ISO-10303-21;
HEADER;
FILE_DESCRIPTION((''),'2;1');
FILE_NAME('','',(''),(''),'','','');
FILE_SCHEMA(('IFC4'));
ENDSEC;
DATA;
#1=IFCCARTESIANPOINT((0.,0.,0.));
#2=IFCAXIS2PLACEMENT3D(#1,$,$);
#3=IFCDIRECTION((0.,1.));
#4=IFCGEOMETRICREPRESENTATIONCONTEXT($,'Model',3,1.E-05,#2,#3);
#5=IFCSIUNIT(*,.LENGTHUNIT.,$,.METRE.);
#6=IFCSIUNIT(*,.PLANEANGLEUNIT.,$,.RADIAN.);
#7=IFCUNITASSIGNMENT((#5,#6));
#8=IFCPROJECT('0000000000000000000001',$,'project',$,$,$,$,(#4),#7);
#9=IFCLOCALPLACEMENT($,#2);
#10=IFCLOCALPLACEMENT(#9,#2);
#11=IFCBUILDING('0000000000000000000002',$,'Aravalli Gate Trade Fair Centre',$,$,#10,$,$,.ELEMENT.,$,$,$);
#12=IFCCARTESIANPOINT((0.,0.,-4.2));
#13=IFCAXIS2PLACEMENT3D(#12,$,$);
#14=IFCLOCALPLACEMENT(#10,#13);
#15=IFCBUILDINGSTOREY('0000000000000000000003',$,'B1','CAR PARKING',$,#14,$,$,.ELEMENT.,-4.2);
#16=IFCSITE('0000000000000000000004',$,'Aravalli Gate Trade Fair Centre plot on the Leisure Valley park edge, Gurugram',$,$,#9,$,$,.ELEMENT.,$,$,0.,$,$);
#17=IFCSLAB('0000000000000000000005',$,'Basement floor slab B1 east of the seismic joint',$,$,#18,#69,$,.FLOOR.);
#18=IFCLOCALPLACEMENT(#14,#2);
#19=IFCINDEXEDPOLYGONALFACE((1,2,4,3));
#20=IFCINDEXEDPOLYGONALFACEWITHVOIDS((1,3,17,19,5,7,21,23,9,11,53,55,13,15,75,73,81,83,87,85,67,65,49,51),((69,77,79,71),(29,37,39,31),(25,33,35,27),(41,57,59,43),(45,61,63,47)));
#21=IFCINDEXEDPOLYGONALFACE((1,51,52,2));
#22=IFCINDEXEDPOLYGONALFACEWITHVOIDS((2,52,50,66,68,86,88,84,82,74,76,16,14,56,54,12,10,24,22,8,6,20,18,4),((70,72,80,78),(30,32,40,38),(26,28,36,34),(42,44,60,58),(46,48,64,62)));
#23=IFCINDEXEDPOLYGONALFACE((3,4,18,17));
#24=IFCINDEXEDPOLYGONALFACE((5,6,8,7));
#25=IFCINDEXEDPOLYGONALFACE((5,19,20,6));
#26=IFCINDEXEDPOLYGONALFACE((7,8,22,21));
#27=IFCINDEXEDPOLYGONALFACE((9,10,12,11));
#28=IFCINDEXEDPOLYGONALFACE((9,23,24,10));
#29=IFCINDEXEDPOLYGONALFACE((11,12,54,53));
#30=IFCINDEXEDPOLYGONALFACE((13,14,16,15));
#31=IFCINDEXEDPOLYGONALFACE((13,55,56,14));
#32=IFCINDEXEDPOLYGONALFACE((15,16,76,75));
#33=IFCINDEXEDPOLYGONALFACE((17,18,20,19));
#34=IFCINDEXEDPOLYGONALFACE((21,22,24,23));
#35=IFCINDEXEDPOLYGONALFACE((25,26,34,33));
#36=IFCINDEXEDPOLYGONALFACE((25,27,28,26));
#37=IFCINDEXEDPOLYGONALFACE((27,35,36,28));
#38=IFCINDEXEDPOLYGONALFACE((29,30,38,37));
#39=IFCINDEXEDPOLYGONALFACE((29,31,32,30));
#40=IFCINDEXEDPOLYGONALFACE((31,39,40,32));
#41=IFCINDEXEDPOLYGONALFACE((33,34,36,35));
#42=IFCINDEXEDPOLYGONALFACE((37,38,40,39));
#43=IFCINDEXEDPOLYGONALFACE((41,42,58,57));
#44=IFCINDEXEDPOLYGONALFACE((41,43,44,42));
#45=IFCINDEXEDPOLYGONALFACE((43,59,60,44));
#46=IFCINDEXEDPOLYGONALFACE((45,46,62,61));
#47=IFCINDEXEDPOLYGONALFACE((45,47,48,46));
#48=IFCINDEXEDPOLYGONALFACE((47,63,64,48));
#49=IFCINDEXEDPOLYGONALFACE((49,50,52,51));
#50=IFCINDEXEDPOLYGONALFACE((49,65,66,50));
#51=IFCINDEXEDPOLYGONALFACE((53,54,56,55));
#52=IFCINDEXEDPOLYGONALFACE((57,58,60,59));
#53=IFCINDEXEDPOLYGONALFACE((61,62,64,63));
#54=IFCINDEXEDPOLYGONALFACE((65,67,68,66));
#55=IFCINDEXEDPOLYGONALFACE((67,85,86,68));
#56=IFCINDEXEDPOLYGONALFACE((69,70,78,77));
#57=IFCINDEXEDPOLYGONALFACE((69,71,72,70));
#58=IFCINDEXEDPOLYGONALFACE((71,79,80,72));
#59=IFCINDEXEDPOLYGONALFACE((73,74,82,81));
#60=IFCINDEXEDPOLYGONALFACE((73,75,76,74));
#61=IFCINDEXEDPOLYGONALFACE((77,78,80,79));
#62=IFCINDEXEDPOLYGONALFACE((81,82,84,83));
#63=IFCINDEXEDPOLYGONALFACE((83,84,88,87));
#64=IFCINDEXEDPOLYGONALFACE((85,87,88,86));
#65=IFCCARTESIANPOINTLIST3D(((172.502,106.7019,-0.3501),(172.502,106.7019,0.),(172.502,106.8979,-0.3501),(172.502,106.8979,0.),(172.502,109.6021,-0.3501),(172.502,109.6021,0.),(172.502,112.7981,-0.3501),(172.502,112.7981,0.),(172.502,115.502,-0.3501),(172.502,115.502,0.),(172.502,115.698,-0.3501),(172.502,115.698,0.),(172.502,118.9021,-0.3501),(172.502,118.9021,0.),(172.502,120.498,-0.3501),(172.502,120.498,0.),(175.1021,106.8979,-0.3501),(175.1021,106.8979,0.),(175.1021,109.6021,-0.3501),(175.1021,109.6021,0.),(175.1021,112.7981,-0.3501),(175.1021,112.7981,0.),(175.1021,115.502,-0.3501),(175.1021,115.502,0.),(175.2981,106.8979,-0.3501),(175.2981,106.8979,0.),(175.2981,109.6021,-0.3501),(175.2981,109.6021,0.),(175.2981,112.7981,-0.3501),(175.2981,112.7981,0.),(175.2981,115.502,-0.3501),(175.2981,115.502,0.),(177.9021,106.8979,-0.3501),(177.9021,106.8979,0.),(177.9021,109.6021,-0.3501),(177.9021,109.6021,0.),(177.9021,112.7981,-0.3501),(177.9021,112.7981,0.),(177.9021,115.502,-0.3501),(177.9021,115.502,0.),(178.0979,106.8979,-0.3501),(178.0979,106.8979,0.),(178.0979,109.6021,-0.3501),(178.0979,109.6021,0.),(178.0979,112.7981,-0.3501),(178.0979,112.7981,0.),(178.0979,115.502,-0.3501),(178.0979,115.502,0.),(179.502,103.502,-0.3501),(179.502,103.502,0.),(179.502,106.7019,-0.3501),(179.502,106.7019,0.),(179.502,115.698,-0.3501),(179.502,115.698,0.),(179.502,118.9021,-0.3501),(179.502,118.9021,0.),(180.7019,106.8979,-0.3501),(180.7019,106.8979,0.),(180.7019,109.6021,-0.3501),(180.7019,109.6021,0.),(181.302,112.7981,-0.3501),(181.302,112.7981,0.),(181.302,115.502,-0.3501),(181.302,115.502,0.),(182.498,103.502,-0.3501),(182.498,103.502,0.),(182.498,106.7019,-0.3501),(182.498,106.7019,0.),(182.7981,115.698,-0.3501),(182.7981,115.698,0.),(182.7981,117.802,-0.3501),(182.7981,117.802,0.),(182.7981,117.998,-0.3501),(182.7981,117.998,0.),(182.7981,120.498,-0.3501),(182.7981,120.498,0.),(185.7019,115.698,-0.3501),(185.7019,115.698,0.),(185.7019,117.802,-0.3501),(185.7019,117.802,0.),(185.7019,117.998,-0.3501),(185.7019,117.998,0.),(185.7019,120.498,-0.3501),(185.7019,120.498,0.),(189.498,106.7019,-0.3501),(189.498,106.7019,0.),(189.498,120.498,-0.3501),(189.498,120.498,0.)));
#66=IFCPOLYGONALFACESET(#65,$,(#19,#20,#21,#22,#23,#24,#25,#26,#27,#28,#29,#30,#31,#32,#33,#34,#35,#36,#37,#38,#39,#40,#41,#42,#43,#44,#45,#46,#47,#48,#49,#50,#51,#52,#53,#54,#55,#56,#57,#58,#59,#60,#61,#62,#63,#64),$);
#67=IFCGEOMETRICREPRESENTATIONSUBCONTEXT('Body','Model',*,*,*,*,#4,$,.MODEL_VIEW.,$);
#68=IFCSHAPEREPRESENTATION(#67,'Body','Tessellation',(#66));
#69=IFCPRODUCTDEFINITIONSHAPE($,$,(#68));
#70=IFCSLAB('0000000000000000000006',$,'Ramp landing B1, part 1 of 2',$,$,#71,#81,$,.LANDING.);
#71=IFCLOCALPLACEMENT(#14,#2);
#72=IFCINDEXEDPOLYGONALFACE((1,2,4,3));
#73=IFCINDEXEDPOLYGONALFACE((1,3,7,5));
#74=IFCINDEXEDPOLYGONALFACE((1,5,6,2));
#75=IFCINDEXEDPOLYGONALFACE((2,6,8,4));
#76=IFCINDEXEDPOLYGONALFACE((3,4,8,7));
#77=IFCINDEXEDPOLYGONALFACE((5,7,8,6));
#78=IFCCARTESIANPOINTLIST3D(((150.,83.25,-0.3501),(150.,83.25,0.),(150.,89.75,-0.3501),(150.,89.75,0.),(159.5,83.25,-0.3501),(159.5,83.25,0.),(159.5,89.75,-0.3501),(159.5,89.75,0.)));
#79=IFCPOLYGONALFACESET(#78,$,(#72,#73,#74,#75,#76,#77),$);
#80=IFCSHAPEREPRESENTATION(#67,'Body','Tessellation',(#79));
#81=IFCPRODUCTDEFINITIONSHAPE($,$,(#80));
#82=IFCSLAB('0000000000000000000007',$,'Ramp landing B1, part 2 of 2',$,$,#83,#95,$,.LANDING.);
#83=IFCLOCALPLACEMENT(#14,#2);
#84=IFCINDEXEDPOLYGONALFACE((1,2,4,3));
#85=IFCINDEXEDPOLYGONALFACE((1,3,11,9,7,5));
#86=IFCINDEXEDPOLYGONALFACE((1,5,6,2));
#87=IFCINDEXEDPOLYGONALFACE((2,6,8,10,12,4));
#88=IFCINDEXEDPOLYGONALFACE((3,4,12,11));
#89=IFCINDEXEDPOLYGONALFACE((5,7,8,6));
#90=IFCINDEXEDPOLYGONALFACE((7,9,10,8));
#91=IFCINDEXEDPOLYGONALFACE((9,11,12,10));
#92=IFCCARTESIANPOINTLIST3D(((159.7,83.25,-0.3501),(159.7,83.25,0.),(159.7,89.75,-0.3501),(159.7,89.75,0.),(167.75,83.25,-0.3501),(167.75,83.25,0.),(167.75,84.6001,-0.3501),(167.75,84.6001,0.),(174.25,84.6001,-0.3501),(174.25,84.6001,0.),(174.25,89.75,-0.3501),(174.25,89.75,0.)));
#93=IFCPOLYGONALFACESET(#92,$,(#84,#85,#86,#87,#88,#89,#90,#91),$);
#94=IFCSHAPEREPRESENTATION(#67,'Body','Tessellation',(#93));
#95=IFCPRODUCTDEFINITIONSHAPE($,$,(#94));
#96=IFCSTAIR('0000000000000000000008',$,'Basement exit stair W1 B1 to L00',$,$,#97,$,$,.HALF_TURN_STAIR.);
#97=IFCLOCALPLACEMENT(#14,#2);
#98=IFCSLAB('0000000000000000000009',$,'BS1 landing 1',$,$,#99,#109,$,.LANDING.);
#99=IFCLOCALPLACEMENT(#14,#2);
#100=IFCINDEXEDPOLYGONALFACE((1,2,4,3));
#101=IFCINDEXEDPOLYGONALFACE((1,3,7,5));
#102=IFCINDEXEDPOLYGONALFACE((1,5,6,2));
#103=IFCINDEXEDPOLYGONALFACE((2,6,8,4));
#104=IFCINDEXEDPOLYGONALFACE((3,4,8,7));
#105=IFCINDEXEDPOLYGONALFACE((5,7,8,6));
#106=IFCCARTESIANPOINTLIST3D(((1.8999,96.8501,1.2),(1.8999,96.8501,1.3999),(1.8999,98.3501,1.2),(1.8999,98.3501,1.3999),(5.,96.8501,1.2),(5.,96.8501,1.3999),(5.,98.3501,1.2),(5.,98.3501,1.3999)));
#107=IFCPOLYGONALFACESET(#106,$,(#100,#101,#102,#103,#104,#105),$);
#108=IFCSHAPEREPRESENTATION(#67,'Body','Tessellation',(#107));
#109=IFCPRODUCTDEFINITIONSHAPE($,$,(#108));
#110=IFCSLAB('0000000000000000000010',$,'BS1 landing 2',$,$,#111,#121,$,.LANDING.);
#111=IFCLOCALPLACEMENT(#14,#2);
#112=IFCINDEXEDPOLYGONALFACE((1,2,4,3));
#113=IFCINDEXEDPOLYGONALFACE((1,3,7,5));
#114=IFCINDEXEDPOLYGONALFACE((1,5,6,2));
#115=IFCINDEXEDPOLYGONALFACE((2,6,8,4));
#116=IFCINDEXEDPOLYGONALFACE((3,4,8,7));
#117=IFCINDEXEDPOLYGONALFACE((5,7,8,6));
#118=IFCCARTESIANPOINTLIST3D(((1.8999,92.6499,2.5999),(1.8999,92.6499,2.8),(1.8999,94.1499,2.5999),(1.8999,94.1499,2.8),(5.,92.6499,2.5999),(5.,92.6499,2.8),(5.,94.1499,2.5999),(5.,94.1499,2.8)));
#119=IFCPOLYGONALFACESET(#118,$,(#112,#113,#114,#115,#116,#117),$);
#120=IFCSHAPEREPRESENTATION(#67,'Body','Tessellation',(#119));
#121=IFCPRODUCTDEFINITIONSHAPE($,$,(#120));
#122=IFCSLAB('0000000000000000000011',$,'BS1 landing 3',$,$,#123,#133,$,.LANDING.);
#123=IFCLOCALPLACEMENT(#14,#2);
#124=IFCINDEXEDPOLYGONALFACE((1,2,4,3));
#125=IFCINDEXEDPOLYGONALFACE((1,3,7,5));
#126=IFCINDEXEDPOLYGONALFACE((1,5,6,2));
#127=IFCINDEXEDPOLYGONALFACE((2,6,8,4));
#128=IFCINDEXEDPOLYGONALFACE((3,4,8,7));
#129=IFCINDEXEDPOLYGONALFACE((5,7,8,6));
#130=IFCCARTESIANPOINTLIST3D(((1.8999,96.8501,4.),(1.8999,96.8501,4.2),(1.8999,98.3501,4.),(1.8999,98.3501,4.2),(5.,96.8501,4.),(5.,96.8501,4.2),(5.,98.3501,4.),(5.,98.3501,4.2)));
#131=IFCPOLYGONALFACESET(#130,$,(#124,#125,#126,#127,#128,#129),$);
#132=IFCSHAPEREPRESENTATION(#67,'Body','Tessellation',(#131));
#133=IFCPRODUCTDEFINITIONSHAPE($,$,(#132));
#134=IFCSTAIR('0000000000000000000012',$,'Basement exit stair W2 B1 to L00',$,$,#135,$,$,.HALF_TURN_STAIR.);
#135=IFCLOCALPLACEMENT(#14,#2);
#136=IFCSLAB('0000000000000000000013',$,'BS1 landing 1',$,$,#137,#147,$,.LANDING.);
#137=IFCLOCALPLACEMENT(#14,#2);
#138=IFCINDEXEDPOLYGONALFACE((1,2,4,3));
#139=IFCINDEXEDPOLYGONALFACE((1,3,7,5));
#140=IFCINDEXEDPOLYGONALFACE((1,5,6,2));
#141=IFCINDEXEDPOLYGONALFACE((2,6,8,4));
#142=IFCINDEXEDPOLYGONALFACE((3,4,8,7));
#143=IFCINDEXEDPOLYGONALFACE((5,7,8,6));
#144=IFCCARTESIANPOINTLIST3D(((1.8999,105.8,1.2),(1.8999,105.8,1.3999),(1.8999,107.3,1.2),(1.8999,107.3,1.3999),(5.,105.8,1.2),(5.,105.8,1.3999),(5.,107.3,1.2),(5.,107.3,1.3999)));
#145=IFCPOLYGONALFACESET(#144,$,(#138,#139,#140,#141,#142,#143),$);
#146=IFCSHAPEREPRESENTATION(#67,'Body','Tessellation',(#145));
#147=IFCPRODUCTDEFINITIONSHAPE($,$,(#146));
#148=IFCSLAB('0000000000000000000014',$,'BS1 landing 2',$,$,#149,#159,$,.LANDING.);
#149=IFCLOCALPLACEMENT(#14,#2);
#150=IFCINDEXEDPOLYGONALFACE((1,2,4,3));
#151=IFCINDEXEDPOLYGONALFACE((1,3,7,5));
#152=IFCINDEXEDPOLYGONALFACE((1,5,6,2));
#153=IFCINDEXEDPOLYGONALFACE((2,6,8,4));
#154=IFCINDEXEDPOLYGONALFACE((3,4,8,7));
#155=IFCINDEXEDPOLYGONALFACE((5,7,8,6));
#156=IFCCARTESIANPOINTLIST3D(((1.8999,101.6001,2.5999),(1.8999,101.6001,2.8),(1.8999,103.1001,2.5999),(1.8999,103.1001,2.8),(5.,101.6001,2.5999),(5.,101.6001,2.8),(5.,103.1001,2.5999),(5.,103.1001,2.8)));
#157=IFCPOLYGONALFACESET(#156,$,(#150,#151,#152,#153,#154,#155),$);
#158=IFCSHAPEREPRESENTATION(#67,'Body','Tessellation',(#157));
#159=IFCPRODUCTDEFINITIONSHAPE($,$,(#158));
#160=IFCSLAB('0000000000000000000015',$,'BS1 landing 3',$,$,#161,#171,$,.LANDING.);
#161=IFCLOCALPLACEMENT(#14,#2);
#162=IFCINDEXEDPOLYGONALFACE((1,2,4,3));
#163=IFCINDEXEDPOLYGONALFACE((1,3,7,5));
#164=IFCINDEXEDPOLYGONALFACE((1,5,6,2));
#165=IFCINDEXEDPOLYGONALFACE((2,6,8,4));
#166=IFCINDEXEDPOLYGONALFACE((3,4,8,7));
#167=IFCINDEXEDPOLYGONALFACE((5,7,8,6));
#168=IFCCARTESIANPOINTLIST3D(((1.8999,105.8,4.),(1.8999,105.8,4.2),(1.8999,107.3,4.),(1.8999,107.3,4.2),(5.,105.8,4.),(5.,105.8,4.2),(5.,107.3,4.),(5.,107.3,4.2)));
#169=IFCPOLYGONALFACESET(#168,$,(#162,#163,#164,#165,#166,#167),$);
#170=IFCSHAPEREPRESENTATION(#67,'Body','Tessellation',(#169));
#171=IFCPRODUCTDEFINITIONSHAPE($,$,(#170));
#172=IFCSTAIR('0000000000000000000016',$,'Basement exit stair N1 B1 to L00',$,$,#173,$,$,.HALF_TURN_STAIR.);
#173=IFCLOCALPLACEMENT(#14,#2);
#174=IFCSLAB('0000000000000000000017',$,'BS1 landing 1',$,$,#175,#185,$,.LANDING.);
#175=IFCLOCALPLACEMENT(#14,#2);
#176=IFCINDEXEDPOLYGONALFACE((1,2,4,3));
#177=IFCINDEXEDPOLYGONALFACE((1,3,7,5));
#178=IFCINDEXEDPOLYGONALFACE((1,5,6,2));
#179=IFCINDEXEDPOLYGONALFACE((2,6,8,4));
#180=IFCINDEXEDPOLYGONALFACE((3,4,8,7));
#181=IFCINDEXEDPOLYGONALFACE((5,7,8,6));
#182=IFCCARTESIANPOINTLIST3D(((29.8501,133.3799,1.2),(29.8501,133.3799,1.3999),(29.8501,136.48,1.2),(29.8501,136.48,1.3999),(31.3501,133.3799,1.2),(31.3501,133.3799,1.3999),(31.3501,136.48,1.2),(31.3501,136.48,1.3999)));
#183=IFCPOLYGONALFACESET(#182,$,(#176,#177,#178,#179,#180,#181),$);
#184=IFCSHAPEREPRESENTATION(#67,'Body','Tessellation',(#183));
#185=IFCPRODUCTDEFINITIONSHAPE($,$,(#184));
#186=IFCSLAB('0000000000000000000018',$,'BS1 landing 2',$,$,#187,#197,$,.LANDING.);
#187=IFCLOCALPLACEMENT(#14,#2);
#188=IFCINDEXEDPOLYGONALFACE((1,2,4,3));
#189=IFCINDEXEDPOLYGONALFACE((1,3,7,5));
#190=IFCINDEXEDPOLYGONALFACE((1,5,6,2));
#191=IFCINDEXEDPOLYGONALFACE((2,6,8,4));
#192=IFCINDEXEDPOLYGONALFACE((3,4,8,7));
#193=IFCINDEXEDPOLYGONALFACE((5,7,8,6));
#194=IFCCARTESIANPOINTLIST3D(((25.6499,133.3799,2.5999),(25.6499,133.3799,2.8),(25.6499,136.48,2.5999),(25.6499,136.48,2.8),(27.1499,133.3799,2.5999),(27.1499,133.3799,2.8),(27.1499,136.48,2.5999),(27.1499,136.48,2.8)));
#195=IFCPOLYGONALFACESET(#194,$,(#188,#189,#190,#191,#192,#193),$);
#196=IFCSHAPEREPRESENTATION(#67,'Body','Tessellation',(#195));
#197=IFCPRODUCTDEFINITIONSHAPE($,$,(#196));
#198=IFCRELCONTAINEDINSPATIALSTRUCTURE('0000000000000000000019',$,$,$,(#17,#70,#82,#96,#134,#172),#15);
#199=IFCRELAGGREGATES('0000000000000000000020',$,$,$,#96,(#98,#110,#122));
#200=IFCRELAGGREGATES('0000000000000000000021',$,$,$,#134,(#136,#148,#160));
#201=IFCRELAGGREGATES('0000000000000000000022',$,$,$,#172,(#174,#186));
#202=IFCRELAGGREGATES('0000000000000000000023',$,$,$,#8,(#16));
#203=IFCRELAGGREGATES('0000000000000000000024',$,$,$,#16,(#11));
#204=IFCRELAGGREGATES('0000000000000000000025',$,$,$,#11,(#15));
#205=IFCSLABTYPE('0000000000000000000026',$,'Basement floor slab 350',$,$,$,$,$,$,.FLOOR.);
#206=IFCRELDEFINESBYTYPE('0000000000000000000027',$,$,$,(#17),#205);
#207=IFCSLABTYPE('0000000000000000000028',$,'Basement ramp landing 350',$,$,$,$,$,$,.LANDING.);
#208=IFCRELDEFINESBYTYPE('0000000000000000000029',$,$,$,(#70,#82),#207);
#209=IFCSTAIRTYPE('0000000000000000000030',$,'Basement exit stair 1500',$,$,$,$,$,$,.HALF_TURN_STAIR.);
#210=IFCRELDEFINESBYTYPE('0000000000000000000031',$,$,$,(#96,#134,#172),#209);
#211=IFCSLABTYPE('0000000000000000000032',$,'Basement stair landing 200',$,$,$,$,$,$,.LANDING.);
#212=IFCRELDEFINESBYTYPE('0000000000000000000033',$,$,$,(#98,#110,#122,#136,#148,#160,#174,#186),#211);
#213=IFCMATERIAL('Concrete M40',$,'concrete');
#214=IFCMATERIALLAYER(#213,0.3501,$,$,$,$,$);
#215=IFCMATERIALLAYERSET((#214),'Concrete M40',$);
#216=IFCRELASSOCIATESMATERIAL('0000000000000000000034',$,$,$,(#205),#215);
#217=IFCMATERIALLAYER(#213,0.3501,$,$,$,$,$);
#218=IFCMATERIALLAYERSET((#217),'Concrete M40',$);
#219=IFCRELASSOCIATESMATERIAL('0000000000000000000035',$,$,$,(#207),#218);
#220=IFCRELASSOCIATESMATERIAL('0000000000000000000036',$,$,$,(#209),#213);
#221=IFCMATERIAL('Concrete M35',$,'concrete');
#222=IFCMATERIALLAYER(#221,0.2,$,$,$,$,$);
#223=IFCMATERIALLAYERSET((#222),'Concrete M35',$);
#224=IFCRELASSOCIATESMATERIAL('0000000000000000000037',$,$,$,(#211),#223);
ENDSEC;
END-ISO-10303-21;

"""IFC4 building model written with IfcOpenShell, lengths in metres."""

from ifc_helpers import new_model, si_unit, direction, frame, origin, place, context, subcontext, project, spatial, polyline, outline, extrude, material, layer, layer_set, type_object, element, aggregate, save


model = new_model("IFC4")

# Units and contexts
model_context = context("Model", 3, precision=1e-05, world=origin(), true_north=direction((0.0, 1.0)))
body_context = subcontext(model_context, "Body", "Model", "MODEL_VIEW")
ifc_project = project(units=[si_unit("LENGTHUNIT", "METRE"), si_unit("PLANEANGLEUNIT", "RADIAN")], contexts=[model_context])

# Site, building, storey
site_placement = place(None, origin())
site = spatial("IfcSite", under=ifc_project, at=site_placement, Name="Aravalli Gate Trade Fair Centre plot on the Leisure Valley park edge, Gurugram", CompositionType="ELEMENT", RefElevation=0.0)
building_placement = place(site_placement, origin())
building = spatial("IfcBuilding", under=site, at=building_placement, Name="Aravalli Gate Trade Fair Centre", CompositionType="ELEMENT")
storey_placement = place(building_placement, frame((0.0, 0.0, -4.2)))
storey = spatial("IfcBuildingStorey", under=building, at=storey_placement, Name="B1", Description="CAR PARKING", CompositionType="ELEMENT", Elevation=-4.2)

# Slabs
ifc_material_1 = material(Name="Concrete M40", Category="concrete")
ifc_layer_1 = layer(ifc_material_1, 0.3501)
ifc_layer_set_1 = layer_set([ifc_layer_1], Name="Concrete M40")
slab_type_1 = type_object("IfcSlabType", Name="Basement floor slab 350", PredefinedType="FLOOR", material=ifc_layer_set_1)
slab_1_placement = place(storey_placement, frame((0.0, 0.0, -0.3501)))
element("IfcSlab", 1, at=slab_1_placement, inside=storey, type_object=slab_type_1, Name="Basement floor slab B1 east of the seismic joint", PredefinedType="FLOOR", context=body_context, shape_type="SweptSolid", body=[
    extrude(outline(polyline([(189.498, 106.7019), (182.498, 106.7019), (182.498, 103.502), (179.502, 103.502), (179.502, 106.7019), (172.502, 106.7019), (172.502, 106.8979), (175.1021, 106.8979), (175.1021, 109.6021), (172.502, 109.6021), (172.502, 112.7981), (175.1021, 112.7981), (175.1021, 115.502), (172.502, 115.502), (172.502, 115.698), (179.502, 115.698), (179.502, 118.9021), (172.502, 118.9021), (172.502, 120.498), (182.7981, 120.498), (182.7981, 117.998), (185.7019, 117.998), (185.7019, 120.498), (189.498, 120.498), (189.498, 106.7019)]), holes=[polyline([(185.7019, 117.802), (182.7981, 117.802), (182.7981, 115.698), (185.7019, 115.698), (185.7019, 117.802)]), polyline([(181.302, 112.7981), (181.302, 115.502), (178.0979, 115.502), (178.0979, 112.7981), (181.302, 112.7981)]), polyline([(180.7019, 106.8979), (180.7019, 109.6021), (178.0979, 109.6021), (178.0979, 106.8979), (180.7019, 106.8979)]), polyline([(177.9021, 115.502), (175.2981, 115.502), (175.2981, 112.7981), (177.9021, 112.7981), (177.9021, 115.502)]), polyline([(177.9021, 106.8979), (177.9021, 109.6021), (175.2981, 109.6021), (175.2981, 106.8979), (177.9021, 106.8979)])]), origin(), (0.0, 0.0, 1.0), 0.3501),
])
ifc_layer_2 = layer(ifc_material_1, 0.3501)
ifc_layer_set_2 = layer_set([ifc_layer_2], Name="Concrete M40")
slab_type_2 = type_object("IfcSlabType", Name="Basement ramp landing 350", PredefinedType="LANDING", material=ifc_layer_set_2)
slab_2_placement = place(storey_placement, frame((0.0, 0.0, -0.3501)))
element("IfcSlab", 2, at=slab_2_placement, inside=storey, type_object=slab_type_2, Name="Ramp landing B1, part 1 of 2", PredefinedType="LANDING", context=body_context, shape_type="SweptSolid", body=[
    extrude(outline(polyline([(150.0, 83.25), (159.5, 83.25), (159.5, 89.75), (150.0, 89.75), (150.0, 83.25)])), origin(), (0.0, 0.0, 1.0), 0.3501),
])
slab_3_placement = place(storey_placement, frame((0.0, 0.0, -0.3501)))
element("IfcSlab", 3, at=slab_3_placement, inside=storey, type_object=slab_type_2, Name="Ramp landing B1, part 2 of 2", PredefinedType="LANDING", context=body_context, shape_type="SweptSolid", body=[
    extrude(outline(polyline([(174.25, 89.75), (159.7, 89.75), (159.7, 83.25), (167.75, 83.25), (167.75, 84.6001), (174.25, 84.6001), (174.25, 89.75)])), origin(), (0.0, 0.0, 1.0), 0.3501),
])

# Stairs, slabs
stair_type = type_object("IfcStairType", Name="Basement exit stair 1500", PredefinedType="HALF_TURN_STAIR", material=ifc_material_1)
stair_1_placement = place(storey_placement, origin())
stair_1 = element("IfcStair", 4, at=stair_1_placement, inside=storey, type_object=stair_type, Name="Basement exit stair W1 B1 to L00", PredefinedType="HALF_TURN_STAIR")
ifc_material_2 = material(Name="Concrete M35", Category="concrete")
ifc_layer_3 = layer(ifc_material_2, 0.2)
ifc_layer_set_3 = layer_set([ifc_layer_3], Name="Concrete M35")
slab_type_3 = type_object("IfcSlabType", Name="Basement stair landing 200", PredefinedType="LANDING", material=ifc_layer_set_3)
slab_4_placement = place(storey_placement, frame((0.0, 0.0, 1.2)))
slab_4 = element("IfcSlab", 5, at=slab_4_placement, type_object=slab_type_3, Name="BS1 landing 1", PredefinedType="LANDING", context=body_context, shape_type="SweptSolid", body=[
    extrude(outline(polyline([(5.0, 96.8501), (5.0, 98.3501), (1.8999, 98.3501), (1.8999, 96.8501), (5.0, 96.8501)])), origin(), (0.0, 0.0, 1.0), 0.2),
])
slab_5_placement = place(storey_placement, frame((0.0, 0.0, 2.5999)))
slab_5 = element("IfcSlab", 6, at=slab_5_placement, type_object=slab_type_3, Name="BS1 landing 2", PredefinedType="LANDING", context=body_context, shape_type="SweptSolid", body=[
    extrude(outline(polyline([(5.0, 92.6499), (5.0, 94.1499), (1.8999, 94.1499), (1.8999, 92.6499), (5.0, 92.6499)])), origin(), (0.0, 0.0, 1.0), 0.2002),
])
slab_6_placement = place(storey_placement, frame((0.0, 0.0, 4.0)))
slab_6 = element("IfcSlab", 7, at=slab_6_placement, type_object=slab_type_3, Name="BS1 landing 3", PredefinedType="LANDING", context=body_context, shape_type="SweptSolid", body=[
    extrude(outline(polyline([(5.0, 96.8501), (5.0, 98.3501), (1.8999, 98.3501), (1.8999, 96.8501), (5.0, 96.8501)])), origin(), (0.0, 0.0, 1.0), 0.2),
])
aggregate(stair_1, [slab_4, slab_5, slab_6])
stair_2_placement = place(storey_placement, origin())
stair_2 = element("IfcStair", 8, at=stair_2_placement, inside=storey, type_object=stair_type, Name="Basement exit stair W2 B1 to L00", PredefinedType="HALF_TURN_STAIR")
slab_7_placement = place(storey_placement, frame((0.0, 0.0, 1.2)))
slab_7 = element("IfcSlab", 9, at=slab_7_placement, type_object=slab_type_3, Name="BS1 landing 1", PredefinedType="LANDING", context=body_context, shape_type="SweptSolid", body=[
    extrude(outline(polyline([(5.0, 105.8), (5.0, 107.3), (1.8999, 107.3), (1.8999, 105.8), (5.0, 105.8)])), origin(), (0.0, 0.0, 1.0), 0.2),
])
slab_8_placement = place(storey_placement, frame((0.0, 0.0, 2.5999)))
slab_8 = element("IfcSlab", 10, at=slab_8_placement, type_object=slab_type_3, Name="BS1 landing 2", PredefinedType="LANDING", context=body_context, shape_type="SweptSolid", body=[
    extrude(outline(polyline([(5.0, 101.6001), (5.0, 103.1001), (1.8999, 103.1001), (1.8999, 101.6001), (5.0, 101.6001)])), origin(), (0.0, 0.0, 1.0), 0.2002),
])
slab_9_placement = place(storey_placement, frame((0.0, 0.0, 4.0)))
slab_9 = element("IfcSlab", 11, at=slab_9_placement, type_object=slab_type_3, Name="BS1 landing 3", PredefinedType="LANDING", context=body_context, shape_type="SweptSolid", body=[
    extrude(outline(polyline([(5.0, 105.8), (5.0, 107.3), (1.8999, 107.3), (1.8999, 105.8), (5.0, 105.8)])), origin(), (0.0, 0.0, 1.0), 0.2),
])
aggregate(stair_2, [slab_7, slab_8, slab_9])
stair_3_placement = place(storey_placement, origin())
stair_3 = element("IfcStair", 12, at=stair_3_placement, inside=storey, type_object=stair_type, Name="Basement exit stair N1 B1 to L00", PredefinedType="HALF_TURN_STAIR")
slab_10_placement = place(storey_placement, frame((0.0, 0.0, 1.2)))
slab_10 = element("IfcSlab", 13, at=slab_10_placement, type_object=slab_type_3, Name="BS1 landing 1", PredefinedType="LANDING", context=body_context, shape_type="SweptSolid", body=[
    extrude(outline(polyline([(29.8501, 133.3799), (31.3501, 133.3799), (31.3501, 136.48), (29.8501, 136.48), (29.8501, 133.3799)])), origin(), (0.0, 0.0, 1.0), 0.2),
])
slab_11_placement = place(storey_placement, frame((0.0, 0.0, 2.5999)))
slab_11 = element("IfcSlab", 14, at=slab_11_placement, type_object=slab_type_3, Name="BS1 landing 2", PredefinedType="LANDING", context=body_context, shape_type="SweptSolid", body=[
    extrude(outline(polyline([(25.6499, 133.3799), (27.1499, 133.3799), (27.1499, 136.48), (25.6499, 136.48), (25.6499, 133.3799)])), origin(), (0.0, 0.0, 1.0), 0.2002),
])
aggregate(stair_3, [slab_10, slab_11])

save(model, "model.ifc")
